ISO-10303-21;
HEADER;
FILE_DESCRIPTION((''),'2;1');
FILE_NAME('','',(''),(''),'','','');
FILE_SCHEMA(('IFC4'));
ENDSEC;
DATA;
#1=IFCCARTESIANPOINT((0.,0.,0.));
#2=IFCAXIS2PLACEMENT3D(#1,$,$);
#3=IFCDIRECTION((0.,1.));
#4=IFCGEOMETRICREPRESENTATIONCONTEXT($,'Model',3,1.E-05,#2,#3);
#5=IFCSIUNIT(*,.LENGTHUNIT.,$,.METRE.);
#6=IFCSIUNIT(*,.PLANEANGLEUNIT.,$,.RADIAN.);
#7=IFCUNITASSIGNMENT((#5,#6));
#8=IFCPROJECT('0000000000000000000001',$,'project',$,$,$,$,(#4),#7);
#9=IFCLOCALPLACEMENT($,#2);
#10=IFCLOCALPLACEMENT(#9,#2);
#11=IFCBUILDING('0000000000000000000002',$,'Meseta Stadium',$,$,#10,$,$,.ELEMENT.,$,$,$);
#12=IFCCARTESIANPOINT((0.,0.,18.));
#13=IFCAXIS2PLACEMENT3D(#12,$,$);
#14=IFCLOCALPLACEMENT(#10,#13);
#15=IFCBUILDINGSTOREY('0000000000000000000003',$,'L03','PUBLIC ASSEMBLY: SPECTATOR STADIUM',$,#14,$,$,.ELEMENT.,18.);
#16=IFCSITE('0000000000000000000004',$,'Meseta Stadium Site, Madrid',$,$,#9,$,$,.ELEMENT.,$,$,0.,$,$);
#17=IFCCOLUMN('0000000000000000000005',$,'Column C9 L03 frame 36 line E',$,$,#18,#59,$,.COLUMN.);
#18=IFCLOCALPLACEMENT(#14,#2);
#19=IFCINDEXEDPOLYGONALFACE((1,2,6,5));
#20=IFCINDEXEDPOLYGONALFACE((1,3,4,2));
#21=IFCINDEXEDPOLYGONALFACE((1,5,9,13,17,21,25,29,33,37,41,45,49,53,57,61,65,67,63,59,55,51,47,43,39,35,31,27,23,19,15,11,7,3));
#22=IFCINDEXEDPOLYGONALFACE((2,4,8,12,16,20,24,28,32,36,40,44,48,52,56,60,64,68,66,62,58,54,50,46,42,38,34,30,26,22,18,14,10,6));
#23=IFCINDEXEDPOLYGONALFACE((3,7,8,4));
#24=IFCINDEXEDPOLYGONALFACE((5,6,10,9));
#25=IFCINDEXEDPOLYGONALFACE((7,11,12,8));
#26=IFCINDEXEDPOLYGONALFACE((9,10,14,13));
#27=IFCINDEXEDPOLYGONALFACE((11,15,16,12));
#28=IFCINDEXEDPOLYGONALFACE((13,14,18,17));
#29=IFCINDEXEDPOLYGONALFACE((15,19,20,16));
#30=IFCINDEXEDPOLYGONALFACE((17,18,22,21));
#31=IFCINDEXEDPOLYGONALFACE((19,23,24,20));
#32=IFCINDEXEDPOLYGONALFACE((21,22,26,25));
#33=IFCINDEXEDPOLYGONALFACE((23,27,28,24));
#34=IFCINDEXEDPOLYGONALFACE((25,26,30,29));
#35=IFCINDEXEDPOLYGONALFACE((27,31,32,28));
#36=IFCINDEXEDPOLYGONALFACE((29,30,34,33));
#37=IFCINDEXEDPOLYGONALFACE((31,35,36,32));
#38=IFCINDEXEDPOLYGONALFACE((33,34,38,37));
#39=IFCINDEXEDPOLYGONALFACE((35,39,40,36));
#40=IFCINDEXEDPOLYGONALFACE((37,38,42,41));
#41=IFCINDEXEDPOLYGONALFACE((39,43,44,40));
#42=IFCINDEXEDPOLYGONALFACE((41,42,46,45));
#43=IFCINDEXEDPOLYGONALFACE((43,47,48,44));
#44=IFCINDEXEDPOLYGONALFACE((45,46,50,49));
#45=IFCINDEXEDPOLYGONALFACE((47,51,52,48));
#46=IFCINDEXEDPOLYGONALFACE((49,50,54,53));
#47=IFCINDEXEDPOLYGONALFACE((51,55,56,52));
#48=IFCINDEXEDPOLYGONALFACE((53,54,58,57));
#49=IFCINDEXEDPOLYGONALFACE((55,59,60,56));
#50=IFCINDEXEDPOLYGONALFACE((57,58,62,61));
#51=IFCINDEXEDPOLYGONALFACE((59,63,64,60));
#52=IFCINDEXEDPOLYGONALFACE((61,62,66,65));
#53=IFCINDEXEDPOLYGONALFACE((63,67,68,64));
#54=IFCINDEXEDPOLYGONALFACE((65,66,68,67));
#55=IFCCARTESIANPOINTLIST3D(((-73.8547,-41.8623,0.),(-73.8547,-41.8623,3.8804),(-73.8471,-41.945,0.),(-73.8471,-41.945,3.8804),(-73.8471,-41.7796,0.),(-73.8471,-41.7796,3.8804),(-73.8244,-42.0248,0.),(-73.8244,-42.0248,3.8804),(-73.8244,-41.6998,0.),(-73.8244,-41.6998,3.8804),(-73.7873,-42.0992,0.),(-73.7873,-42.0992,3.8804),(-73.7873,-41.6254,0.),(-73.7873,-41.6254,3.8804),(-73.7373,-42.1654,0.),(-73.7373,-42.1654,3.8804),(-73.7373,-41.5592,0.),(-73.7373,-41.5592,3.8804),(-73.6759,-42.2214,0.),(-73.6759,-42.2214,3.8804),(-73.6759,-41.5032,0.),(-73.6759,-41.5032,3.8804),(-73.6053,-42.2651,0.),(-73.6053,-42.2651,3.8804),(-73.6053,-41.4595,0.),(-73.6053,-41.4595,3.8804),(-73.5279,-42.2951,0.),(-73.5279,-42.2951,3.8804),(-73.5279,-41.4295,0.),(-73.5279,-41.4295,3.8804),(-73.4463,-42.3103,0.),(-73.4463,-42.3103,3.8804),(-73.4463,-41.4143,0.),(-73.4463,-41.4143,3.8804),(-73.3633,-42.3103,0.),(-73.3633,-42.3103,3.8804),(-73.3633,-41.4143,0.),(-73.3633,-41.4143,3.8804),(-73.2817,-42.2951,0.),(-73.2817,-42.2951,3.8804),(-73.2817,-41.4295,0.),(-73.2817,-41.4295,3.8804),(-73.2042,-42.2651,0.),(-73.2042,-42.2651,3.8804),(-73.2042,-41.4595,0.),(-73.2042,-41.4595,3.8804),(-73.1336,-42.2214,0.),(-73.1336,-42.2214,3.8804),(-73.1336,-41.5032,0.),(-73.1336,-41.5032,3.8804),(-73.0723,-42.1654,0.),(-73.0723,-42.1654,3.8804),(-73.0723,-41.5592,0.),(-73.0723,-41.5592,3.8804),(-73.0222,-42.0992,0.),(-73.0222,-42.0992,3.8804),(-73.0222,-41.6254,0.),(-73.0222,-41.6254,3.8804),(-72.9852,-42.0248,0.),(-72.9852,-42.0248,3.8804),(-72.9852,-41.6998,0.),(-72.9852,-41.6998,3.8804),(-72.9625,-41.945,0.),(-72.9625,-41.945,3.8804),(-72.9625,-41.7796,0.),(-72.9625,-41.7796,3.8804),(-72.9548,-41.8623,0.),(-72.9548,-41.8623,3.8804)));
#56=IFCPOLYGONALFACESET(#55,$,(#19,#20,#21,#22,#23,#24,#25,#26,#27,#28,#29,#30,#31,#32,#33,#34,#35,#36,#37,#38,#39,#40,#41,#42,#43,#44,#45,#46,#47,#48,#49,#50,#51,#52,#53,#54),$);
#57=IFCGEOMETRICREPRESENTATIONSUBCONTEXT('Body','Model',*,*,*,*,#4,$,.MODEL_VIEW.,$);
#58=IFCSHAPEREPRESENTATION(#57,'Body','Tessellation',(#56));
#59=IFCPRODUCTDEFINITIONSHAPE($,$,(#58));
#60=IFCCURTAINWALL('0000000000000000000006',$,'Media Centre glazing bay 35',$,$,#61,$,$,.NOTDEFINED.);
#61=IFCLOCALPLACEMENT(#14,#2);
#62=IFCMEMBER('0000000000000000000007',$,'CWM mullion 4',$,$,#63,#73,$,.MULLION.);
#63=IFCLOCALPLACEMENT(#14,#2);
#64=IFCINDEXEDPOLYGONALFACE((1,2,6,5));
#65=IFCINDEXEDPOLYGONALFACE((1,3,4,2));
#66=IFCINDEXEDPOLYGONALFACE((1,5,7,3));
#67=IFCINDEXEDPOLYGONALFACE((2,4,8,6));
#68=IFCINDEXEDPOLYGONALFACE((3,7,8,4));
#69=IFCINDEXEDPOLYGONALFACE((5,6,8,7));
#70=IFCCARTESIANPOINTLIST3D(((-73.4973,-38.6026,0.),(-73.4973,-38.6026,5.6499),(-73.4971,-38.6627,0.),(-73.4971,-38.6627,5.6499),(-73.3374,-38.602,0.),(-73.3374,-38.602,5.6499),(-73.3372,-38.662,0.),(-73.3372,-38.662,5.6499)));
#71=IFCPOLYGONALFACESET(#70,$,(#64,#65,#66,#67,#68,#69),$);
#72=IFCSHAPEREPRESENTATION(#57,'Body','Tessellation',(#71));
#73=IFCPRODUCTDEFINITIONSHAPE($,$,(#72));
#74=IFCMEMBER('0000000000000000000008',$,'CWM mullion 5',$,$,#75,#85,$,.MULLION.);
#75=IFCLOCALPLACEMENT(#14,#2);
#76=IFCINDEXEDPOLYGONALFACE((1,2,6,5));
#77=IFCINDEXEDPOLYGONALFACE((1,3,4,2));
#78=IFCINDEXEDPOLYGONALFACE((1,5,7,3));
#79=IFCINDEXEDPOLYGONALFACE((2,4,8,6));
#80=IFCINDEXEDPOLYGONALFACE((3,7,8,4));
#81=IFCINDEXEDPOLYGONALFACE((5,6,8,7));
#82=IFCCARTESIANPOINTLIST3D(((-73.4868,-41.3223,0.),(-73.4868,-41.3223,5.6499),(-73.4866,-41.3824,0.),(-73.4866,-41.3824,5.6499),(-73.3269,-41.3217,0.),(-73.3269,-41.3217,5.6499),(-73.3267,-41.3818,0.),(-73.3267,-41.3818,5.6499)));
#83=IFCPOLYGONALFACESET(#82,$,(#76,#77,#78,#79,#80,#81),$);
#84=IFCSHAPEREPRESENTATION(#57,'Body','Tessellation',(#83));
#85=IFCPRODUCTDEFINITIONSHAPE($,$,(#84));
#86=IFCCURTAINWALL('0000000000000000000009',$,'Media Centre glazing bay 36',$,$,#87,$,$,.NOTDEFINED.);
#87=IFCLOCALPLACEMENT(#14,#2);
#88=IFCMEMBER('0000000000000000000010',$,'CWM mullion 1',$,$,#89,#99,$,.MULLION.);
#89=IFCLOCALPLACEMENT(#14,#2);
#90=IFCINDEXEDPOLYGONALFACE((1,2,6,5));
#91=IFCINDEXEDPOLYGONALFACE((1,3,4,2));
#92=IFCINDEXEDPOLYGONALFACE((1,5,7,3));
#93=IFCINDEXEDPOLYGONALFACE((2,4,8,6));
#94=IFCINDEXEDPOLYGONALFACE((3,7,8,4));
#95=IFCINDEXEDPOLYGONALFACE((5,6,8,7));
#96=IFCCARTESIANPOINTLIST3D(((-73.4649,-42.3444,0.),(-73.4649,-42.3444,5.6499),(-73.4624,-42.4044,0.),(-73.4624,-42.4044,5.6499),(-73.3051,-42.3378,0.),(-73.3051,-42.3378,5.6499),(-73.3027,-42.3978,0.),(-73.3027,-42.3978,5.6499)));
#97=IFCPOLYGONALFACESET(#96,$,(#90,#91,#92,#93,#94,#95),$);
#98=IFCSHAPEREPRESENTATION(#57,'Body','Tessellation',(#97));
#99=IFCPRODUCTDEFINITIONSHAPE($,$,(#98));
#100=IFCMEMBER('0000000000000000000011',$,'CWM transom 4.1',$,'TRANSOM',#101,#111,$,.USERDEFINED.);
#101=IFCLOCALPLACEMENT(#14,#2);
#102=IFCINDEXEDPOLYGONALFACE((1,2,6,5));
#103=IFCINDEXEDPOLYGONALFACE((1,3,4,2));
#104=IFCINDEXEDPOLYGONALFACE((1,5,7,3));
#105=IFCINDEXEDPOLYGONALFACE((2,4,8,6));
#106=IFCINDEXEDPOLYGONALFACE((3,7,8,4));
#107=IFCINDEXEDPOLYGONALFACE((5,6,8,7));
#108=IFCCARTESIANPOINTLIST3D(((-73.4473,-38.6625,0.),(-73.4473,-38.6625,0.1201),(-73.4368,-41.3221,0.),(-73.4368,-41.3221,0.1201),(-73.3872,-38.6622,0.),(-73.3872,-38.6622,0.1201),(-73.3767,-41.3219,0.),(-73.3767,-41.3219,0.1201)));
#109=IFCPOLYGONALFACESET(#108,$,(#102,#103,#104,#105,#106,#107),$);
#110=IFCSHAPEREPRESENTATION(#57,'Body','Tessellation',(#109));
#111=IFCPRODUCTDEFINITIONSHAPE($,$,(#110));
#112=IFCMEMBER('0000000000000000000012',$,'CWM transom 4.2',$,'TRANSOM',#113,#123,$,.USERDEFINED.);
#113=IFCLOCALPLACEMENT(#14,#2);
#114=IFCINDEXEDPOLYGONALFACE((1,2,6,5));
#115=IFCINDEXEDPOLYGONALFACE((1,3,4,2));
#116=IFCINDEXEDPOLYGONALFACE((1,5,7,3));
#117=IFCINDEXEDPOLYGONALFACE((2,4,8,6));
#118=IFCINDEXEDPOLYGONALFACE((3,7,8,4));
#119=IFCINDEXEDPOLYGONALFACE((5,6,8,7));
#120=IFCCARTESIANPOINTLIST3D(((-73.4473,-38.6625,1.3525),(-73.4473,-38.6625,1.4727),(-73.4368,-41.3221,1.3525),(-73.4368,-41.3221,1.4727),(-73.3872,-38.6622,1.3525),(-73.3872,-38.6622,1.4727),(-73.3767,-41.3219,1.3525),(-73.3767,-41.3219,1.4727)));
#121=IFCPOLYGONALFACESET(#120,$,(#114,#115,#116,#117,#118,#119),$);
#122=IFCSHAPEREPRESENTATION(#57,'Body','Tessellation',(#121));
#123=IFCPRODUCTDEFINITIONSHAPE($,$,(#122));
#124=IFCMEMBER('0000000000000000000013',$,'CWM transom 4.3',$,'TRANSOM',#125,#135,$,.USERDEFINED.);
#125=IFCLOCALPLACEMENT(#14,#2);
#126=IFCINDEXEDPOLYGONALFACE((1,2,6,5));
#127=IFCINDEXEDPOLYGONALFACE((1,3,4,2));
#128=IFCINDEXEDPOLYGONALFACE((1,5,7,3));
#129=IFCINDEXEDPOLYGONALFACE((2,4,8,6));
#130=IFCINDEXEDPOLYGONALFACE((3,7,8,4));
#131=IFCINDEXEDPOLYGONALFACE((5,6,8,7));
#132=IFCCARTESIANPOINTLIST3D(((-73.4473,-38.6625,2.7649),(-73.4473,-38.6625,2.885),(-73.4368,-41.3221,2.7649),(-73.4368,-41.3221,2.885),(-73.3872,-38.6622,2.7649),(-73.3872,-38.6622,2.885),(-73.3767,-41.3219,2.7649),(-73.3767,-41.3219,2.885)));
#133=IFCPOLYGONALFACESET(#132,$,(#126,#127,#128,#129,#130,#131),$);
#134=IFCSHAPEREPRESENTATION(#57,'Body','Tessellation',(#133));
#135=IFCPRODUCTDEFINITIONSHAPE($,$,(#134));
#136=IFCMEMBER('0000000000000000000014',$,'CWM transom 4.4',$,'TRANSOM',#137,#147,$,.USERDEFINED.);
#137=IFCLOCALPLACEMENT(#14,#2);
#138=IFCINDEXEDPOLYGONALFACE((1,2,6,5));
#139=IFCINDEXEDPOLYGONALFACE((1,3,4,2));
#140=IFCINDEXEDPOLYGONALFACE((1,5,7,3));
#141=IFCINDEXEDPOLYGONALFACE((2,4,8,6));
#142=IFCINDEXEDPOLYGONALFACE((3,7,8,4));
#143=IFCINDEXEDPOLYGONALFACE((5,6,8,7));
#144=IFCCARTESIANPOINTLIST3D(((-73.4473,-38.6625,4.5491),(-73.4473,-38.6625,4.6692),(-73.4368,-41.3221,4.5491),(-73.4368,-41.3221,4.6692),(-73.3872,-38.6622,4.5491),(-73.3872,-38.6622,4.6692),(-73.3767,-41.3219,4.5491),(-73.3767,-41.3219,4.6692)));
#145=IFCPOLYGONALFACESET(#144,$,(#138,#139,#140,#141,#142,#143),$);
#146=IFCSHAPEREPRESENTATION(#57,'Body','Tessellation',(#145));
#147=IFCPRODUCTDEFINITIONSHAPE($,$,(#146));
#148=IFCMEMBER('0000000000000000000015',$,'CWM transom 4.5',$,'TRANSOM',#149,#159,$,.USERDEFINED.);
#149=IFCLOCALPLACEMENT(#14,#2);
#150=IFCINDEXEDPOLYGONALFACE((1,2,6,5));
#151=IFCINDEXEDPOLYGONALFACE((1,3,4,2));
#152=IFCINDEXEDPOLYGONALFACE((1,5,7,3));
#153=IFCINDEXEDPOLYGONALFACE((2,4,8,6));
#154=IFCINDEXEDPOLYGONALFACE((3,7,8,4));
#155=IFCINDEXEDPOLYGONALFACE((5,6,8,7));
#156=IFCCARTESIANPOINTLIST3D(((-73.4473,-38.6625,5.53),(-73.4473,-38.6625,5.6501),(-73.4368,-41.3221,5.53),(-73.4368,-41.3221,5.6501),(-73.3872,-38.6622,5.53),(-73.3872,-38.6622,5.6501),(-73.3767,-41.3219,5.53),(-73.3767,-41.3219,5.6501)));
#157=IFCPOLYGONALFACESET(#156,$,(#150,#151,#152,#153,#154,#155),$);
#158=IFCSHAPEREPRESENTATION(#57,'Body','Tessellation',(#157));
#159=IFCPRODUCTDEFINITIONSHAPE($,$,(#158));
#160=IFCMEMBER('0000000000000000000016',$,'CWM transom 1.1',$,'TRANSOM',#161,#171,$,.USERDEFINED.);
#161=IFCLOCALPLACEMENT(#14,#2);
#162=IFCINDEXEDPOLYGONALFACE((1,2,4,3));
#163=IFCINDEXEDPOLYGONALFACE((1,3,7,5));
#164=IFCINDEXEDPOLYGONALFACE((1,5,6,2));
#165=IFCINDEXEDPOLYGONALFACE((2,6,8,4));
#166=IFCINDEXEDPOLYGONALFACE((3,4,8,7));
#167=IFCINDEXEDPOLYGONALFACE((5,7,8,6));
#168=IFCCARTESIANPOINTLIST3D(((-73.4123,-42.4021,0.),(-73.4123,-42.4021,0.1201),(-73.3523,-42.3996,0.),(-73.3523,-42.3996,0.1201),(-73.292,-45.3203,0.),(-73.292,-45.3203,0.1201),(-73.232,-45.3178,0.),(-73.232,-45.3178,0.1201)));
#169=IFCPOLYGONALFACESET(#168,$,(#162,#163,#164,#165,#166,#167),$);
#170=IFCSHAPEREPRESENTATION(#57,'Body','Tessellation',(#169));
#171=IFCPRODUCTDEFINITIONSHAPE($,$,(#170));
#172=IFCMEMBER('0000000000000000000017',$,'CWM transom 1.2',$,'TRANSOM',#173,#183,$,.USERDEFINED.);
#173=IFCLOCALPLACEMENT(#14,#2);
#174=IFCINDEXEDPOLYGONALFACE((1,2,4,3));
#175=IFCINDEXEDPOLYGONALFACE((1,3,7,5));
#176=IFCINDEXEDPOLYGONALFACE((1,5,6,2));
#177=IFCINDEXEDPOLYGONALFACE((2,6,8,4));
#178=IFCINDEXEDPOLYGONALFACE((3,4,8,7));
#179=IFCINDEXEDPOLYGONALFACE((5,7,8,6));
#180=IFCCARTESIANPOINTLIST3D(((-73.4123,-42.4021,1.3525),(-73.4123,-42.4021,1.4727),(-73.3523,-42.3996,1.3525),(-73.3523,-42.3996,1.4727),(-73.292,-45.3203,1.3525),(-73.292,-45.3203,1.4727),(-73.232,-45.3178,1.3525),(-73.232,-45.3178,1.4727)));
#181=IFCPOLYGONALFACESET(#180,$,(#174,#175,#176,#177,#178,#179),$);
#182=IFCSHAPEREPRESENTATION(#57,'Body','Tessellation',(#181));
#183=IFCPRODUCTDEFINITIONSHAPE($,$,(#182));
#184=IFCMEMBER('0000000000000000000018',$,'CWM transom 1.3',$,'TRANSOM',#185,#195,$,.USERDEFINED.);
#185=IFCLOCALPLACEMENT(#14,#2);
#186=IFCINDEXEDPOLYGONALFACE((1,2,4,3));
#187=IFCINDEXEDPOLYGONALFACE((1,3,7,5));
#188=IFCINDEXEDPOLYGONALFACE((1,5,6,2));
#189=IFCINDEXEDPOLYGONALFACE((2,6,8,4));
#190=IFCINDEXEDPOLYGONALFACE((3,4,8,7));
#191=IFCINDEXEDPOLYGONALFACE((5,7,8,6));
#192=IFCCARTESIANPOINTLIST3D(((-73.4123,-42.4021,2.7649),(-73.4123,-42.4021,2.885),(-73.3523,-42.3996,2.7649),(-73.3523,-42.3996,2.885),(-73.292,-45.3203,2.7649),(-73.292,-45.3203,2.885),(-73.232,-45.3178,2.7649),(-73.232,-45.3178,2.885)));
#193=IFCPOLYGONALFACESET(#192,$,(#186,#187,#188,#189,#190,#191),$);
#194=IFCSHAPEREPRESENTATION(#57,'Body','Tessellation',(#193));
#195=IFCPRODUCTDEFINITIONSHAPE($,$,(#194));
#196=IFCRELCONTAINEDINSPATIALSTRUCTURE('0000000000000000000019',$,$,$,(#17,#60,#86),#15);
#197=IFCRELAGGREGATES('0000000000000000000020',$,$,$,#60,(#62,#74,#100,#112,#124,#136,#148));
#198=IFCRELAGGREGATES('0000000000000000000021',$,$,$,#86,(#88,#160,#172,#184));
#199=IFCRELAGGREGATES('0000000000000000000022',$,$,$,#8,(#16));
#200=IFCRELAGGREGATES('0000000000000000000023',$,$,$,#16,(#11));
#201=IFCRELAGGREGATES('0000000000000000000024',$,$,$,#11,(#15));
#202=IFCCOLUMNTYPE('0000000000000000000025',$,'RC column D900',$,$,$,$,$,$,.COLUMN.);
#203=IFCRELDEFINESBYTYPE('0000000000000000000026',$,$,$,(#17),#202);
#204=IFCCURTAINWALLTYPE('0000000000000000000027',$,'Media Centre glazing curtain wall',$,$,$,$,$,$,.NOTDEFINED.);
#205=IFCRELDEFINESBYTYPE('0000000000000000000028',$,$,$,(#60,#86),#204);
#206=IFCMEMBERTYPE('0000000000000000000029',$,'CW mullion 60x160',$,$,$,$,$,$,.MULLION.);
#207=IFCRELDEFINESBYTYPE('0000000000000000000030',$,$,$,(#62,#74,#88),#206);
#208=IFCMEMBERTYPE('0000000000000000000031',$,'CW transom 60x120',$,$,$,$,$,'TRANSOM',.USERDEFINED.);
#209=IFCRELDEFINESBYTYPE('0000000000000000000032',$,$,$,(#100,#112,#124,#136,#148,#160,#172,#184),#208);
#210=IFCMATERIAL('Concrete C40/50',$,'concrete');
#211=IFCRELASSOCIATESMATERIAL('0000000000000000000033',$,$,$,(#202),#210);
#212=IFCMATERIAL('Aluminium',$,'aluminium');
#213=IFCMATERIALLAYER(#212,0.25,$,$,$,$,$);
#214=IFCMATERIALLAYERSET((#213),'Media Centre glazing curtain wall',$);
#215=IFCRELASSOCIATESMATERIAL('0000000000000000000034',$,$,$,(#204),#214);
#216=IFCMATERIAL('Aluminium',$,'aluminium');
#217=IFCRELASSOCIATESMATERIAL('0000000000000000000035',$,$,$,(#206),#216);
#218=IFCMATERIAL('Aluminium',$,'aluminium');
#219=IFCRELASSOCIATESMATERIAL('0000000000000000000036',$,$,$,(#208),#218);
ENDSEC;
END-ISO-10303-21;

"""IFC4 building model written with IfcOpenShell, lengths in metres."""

from ifc_helpers import new_model, si_unit, direction, frame, origin, origin_2d, place, context, subcontext, project, spatial, rectangle, circle, extrude, material, layer, layer_set, material_profile, profile_set, type_object, element, aggregate, save


model = new_model("IFC4")

# Units and contexts
model_context = context("Model", 3, precision=1e-05, world=origin(), true_north=direction((0.0, 1.0)))
body_context = subcontext(model_context, "Body", "Model", "MODEL_VIEW")
ifc_project = project(units=[si_unit("LENGTHUNIT", "METRE"), si_unit("PLANEANGLEUNIT", "RADIAN")], contexts=[model_context])

# Site, building, storey
site_placement = place(None, origin())
site = spatial("IfcSite", under=ifc_project, at=site_placement, Name="Meseta Stadium Site, Madrid", CompositionType="ELEMENT", RefElevation=0.0)
building_placement = place(site_placement, origin())
building = spatial("IfcBuilding", under=site, at=building_placement, Name="Meseta Stadium", CompositionType="ELEMENT")
storey_placement = place(building_placement, frame((0.0, 0.0, 18.0)))
storey = spatial("IfcBuildingStorey", under=building, at=storey_placement, Name="L03", Description="PUBLIC ASSEMBLY: SPECTATOR STADIUM", CompositionType="ELEMENT", Elevation=18.0)

# Column
ifc_material_1 = material(Name="Concrete C40/50", Category="concrete")
ifc_material_profile_1 = material_profile(ifc_material_1, circle(Radius=0.45, at=origin_2d()), Name="RC D900")
ifc_profile_set_1 = profile_set([ifc_material_profile_1], Name="Concrete C40/50")
column_type = type_object("IfcColumnType", Name="RC column D900", PredefinedType="COLUMN", material=ifc_profile_set_1)
column_placement = place(storey_placement, frame((-73.4048, -41.8623, 0.0), z_axis=(0.0, 0.0, 1.0), x_axis=(1.0, 0.0, 0.0)))
element("IfcColumn", 1, at=column_placement, inside=storey, type_object=column_type, Name="Column C9 L03 frame 36 line E", PredefinedType="COLUMN", context=body_context, shape_type="SweptSolid", body=[
    extrude(circle(Radius=0.45, at=origin_2d()), origin(), (0.0, 0.0, 1.0), 3.8804),
])

# Curtain wall, members
ifc_material_2 = material(Name="Aluminium", Category="aluminium")
ifc_layer_1 = layer(ifc_material_2, 0.25)
ifc_layer_set_1 = layer_set([ifc_layer_1], Name="Media Centre glazing curtain wall")
curtain_wall_type = type_object("IfcCurtainWallType", Name="Media Centre glazing curtain wall", PredefinedType="NOTDEFINED", material=ifc_layer_set_1)
curtain_wall_1_placement = place(storey_placement, origin())
curtain_wall_1 = element("IfcCurtainWall", 2, at=curtain_wall_1_placement, inside=storey, type_object=curtain_wall_type, Name="Media Centre glazing bay 35", PredefinedType="NOTDEFINED")
ifc_material_3 = material(Name="Aluminium", Category="aluminium")
ifc_material_profile_2 = material_profile(ifc_material_3, rectangle(XDim=0.1599, YDim=0.0601, at=origin_2d()), Name="CW 160x60")
ifc_profile_set_2 = profile_set([ifc_material_profile_2], Name="Aluminium")
member_type_1 = type_object("IfcMemberType", Name="CW mullion 60x160", PredefinedType="MULLION", material=ifc_profile_set_2)
member_1_placement = place(storey_placement, frame((-73.4172, -38.6323, 0.0), z_axis=(0.0, 0.0, 1.0), x_axis=(0.999992, 0.003895, 0.0)))
member_1 = element("IfcMember", 3, at=member_1_placement, type_object=member_type_1, Name="CWM mullion 4", PredefinedType="MULLION", context=body_context, shape_type="SweptSolid", body=[
    extrude(rectangle(XDim=0.1599, YDim=0.0601, at=origin_2d()), origin(), (0.0, 0.0, 1.0), 5.6499),
])
member_2_placement = place(storey_placement, frame((-73.4067, -41.3521, 0.0), z_axis=(0.0, 0.0, 1.0), x_axis=(0.999992, 0.003895, 0.0)))
member_2 = element("IfcMember", 4, at=member_2_placement, type_object=member_type_1, Name="CWM mullion 5", PredefinedType="MULLION", context=body_context, shape_type="SweptSolid", body=[
    extrude(rectangle(XDim=0.1599, YDim=0.0601, at=origin_2d()), origin(), (0.0, 0.0, 1.0), 5.6499),
])

# Curtain wall, member
curtain_wall_2_placement = place(storey_placement, origin())
curtain_wall_2 = element("IfcCurtainWall", 5, at=curtain_wall_2_placement, inside=storey, type_object=curtain_wall_type, Name="Media Centre glazing bay 36", PredefinedType="NOTDEFINED")
member_3_placement = place(storey_placement, frame((-73.3838, -42.3711, 0.0), z_axis=(0.0, 0.0, 1.0), x_axis=(0.999148, 0.041275, 0.0)))
member_3 = element("IfcMember", 6, at=member_3_placement, type_object=member_type_1, Name="CWM mullion 1", PredefinedType="MULLION", context=body_context, shape_type="SweptSolid", body=[
    extrude(rectangle(XDim=0.1599, YDim=0.0601, at=origin_2d()), origin(), (0.0, 0.0, 1.0), 5.6499),
])

# Members
ifc_material_4 = material(Name="Aluminium", Category="aluminium")
ifc_material_profile_3 = material_profile(ifc_material_4, rectangle(XDim=0.0601, YDim=0.1201, at=origin_2d()), Name="CW 60x120")
ifc_profile_set_3 = profile_set([ifc_material_profile_3], Name="Aluminium")
member_type_2 = type_object("IfcMemberType", Name="CW transom 60x120", ElementType="TRANSOM", PredefinedType="USERDEFINED", material=ifc_profile_set_3)
member_4_placement = place(storey_placement, frame((-73.4172, -38.6624, 0.0601), z_axis=(0.003947, -0.999992, 0.0), x_axis=(0.999992, 0.003947, 0.0)))
member_4 = element("IfcMember", 7, at=member_4_placement, type_object=member_type_2, Name="CWM transom 4.1", ObjectType="TRANSOM", PredefinedType="USERDEFINED", context=body_context, shape_type="SweptSolid", body=[
    extrude(rectangle(XDim=0.0601, YDim=0.1201, at=origin_2d()), origin(), (0.0, 0.0, 1.0), 2.6597),
])
member_5_placement = place(storey_placement, frame((-73.4172, -38.6624, 1.4126), z_axis=(0.003947, -0.999992, 0.0), x_axis=(0.999992, 0.003947, 0.0)))
member_5 = element("IfcMember", 8, at=member_5_placement, type_object=member_type_2, Name="CWM transom 4.2", ObjectType="TRANSOM", PredefinedType="USERDEFINED", context=body_context, shape_type="SweptSolid", body=[
    extrude(rectangle(XDim=0.0601, YDim=0.1201, at=origin_2d()), origin(), (0.0, 0.0, 1.0), 2.6597),
])
member_6_placement = place(storey_placement, frame((-73.4172, -38.6624, 2.825), z_axis=(0.003947, -0.999992, 0.0), x_axis=(0.999992, 0.003947, 0.0)))
member_6 = element("IfcMember", 9, at=member_6_placement, type_object=member_type_2, Name="CWM transom 4.3", ObjectType="TRANSOM", PredefinedType="USERDEFINED", context=body_context, shape_type="SweptSolid", body=[
    extrude(rectangle(XDim=0.0601, YDim=0.1201, at=origin_2d()), origin(), (0.0, 0.0, 1.0), 2.6597),
])
member_7_placement = place(storey_placement, frame((-73.4172, -38.6624, 4.6091), z_axis=(0.003947, -0.999992, 0.0), x_axis=(0.999992, 0.003947, 0.0)))
member_7 = element("IfcMember", 10, at=member_7_placement, type_object=member_type_2, Name="CWM transom 4.4", ObjectType="TRANSOM", PredefinedType="USERDEFINED", context=body_context, shape_type="SweptSolid", body=[
    extrude(rectangle(XDim=0.0601, YDim=0.1201, at=origin_2d()), origin(), (0.0, 0.0, 1.0), 2.6597),
])
member_8_placement = place(storey_placement, frame((-73.4172, -38.6624, 5.5901), z_axis=(0.003947, -0.999992, 0.0), x_axis=(0.999992, 0.003947, 0.0)))
member_8 = element("IfcMember", 11, at=member_8_placement, type_object=member_type_2, Name="CWM transom 4.5", ObjectType="TRANSOM", PredefinedType="USERDEFINED", context=body_context, shape_type="SweptSolid", body=[
    extrude(rectangle(XDim=0.0601, YDim=0.1201, at=origin_2d()), origin(), (0.0, 0.0, 1.0), 2.6597),
])
member_9_placement = place(storey_placement, frame((-73.3823, -42.4009, 0.0601), z_axis=(0.04121, -0.999151, 0.0), x_axis=(0.999151, 0.04121, 0.0)))
member_9 = element("IfcMember", 12, at=member_9_placement, type_object=member_type_2, Name="CWM transom 1.1", ObjectType="TRANSOM", PredefinedType="USERDEFINED", context=body_context, shape_type="SweptSolid", body=[
    extrude(rectangle(XDim=0.0601, YDim=0.1201, at=origin_2d()), origin(), (0.0, 0.0, 1.0), 2.9207),
])
member_10_placement = place(storey_placement, frame((-73.3823, -42.4009, 1.4126), z_axis=(0.04121, -0.999151, 0.0), x_axis=(0.999151, 0.04121, 0.0)))
member_10 = element("IfcMember", 13, at=member_10_placement, type_object=member_type_2, Name="CWM transom 1.2", ObjectType="TRANSOM", PredefinedType="USERDEFINED", context=body_context, shape_type="SweptSolid", body=[
    extrude(rectangle(XDim=0.0601, YDim=0.1201, at=origin_2d()), origin(), (0.0, 0.0, 1.0), 2.9207),
])
member_11_placement = place(storey_placement, frame((-73.3823, -42.4009, 2.825), z_axis=(0.04121, -0.999151, 0.0), x_axis=(0.999151, 0.04121, 0.0)))
member_11 = element("IfcMember", 14, at=member_11_placement, type_object=member_type_2, Name="CWM transom 1.3", ObjectType="TRANSOM", PredefinedType="USERDEFINED", context=body_context, shape_type="SweptSolid", body=[
    extrude(rectangle(XDim=0.0601, YDim=0.1201, at=origin_2d()), origin(), (0.0, 0.0, 1.0), 2.9207),
])

aggregate(curtain_wall_1, [member_1, member_2, member_4, member_5, member_6, member_7, member_8])
aggregate(curtain_wall_2, [member_3, member_9, member_10, member_11])

save(model, "model.ifc")
